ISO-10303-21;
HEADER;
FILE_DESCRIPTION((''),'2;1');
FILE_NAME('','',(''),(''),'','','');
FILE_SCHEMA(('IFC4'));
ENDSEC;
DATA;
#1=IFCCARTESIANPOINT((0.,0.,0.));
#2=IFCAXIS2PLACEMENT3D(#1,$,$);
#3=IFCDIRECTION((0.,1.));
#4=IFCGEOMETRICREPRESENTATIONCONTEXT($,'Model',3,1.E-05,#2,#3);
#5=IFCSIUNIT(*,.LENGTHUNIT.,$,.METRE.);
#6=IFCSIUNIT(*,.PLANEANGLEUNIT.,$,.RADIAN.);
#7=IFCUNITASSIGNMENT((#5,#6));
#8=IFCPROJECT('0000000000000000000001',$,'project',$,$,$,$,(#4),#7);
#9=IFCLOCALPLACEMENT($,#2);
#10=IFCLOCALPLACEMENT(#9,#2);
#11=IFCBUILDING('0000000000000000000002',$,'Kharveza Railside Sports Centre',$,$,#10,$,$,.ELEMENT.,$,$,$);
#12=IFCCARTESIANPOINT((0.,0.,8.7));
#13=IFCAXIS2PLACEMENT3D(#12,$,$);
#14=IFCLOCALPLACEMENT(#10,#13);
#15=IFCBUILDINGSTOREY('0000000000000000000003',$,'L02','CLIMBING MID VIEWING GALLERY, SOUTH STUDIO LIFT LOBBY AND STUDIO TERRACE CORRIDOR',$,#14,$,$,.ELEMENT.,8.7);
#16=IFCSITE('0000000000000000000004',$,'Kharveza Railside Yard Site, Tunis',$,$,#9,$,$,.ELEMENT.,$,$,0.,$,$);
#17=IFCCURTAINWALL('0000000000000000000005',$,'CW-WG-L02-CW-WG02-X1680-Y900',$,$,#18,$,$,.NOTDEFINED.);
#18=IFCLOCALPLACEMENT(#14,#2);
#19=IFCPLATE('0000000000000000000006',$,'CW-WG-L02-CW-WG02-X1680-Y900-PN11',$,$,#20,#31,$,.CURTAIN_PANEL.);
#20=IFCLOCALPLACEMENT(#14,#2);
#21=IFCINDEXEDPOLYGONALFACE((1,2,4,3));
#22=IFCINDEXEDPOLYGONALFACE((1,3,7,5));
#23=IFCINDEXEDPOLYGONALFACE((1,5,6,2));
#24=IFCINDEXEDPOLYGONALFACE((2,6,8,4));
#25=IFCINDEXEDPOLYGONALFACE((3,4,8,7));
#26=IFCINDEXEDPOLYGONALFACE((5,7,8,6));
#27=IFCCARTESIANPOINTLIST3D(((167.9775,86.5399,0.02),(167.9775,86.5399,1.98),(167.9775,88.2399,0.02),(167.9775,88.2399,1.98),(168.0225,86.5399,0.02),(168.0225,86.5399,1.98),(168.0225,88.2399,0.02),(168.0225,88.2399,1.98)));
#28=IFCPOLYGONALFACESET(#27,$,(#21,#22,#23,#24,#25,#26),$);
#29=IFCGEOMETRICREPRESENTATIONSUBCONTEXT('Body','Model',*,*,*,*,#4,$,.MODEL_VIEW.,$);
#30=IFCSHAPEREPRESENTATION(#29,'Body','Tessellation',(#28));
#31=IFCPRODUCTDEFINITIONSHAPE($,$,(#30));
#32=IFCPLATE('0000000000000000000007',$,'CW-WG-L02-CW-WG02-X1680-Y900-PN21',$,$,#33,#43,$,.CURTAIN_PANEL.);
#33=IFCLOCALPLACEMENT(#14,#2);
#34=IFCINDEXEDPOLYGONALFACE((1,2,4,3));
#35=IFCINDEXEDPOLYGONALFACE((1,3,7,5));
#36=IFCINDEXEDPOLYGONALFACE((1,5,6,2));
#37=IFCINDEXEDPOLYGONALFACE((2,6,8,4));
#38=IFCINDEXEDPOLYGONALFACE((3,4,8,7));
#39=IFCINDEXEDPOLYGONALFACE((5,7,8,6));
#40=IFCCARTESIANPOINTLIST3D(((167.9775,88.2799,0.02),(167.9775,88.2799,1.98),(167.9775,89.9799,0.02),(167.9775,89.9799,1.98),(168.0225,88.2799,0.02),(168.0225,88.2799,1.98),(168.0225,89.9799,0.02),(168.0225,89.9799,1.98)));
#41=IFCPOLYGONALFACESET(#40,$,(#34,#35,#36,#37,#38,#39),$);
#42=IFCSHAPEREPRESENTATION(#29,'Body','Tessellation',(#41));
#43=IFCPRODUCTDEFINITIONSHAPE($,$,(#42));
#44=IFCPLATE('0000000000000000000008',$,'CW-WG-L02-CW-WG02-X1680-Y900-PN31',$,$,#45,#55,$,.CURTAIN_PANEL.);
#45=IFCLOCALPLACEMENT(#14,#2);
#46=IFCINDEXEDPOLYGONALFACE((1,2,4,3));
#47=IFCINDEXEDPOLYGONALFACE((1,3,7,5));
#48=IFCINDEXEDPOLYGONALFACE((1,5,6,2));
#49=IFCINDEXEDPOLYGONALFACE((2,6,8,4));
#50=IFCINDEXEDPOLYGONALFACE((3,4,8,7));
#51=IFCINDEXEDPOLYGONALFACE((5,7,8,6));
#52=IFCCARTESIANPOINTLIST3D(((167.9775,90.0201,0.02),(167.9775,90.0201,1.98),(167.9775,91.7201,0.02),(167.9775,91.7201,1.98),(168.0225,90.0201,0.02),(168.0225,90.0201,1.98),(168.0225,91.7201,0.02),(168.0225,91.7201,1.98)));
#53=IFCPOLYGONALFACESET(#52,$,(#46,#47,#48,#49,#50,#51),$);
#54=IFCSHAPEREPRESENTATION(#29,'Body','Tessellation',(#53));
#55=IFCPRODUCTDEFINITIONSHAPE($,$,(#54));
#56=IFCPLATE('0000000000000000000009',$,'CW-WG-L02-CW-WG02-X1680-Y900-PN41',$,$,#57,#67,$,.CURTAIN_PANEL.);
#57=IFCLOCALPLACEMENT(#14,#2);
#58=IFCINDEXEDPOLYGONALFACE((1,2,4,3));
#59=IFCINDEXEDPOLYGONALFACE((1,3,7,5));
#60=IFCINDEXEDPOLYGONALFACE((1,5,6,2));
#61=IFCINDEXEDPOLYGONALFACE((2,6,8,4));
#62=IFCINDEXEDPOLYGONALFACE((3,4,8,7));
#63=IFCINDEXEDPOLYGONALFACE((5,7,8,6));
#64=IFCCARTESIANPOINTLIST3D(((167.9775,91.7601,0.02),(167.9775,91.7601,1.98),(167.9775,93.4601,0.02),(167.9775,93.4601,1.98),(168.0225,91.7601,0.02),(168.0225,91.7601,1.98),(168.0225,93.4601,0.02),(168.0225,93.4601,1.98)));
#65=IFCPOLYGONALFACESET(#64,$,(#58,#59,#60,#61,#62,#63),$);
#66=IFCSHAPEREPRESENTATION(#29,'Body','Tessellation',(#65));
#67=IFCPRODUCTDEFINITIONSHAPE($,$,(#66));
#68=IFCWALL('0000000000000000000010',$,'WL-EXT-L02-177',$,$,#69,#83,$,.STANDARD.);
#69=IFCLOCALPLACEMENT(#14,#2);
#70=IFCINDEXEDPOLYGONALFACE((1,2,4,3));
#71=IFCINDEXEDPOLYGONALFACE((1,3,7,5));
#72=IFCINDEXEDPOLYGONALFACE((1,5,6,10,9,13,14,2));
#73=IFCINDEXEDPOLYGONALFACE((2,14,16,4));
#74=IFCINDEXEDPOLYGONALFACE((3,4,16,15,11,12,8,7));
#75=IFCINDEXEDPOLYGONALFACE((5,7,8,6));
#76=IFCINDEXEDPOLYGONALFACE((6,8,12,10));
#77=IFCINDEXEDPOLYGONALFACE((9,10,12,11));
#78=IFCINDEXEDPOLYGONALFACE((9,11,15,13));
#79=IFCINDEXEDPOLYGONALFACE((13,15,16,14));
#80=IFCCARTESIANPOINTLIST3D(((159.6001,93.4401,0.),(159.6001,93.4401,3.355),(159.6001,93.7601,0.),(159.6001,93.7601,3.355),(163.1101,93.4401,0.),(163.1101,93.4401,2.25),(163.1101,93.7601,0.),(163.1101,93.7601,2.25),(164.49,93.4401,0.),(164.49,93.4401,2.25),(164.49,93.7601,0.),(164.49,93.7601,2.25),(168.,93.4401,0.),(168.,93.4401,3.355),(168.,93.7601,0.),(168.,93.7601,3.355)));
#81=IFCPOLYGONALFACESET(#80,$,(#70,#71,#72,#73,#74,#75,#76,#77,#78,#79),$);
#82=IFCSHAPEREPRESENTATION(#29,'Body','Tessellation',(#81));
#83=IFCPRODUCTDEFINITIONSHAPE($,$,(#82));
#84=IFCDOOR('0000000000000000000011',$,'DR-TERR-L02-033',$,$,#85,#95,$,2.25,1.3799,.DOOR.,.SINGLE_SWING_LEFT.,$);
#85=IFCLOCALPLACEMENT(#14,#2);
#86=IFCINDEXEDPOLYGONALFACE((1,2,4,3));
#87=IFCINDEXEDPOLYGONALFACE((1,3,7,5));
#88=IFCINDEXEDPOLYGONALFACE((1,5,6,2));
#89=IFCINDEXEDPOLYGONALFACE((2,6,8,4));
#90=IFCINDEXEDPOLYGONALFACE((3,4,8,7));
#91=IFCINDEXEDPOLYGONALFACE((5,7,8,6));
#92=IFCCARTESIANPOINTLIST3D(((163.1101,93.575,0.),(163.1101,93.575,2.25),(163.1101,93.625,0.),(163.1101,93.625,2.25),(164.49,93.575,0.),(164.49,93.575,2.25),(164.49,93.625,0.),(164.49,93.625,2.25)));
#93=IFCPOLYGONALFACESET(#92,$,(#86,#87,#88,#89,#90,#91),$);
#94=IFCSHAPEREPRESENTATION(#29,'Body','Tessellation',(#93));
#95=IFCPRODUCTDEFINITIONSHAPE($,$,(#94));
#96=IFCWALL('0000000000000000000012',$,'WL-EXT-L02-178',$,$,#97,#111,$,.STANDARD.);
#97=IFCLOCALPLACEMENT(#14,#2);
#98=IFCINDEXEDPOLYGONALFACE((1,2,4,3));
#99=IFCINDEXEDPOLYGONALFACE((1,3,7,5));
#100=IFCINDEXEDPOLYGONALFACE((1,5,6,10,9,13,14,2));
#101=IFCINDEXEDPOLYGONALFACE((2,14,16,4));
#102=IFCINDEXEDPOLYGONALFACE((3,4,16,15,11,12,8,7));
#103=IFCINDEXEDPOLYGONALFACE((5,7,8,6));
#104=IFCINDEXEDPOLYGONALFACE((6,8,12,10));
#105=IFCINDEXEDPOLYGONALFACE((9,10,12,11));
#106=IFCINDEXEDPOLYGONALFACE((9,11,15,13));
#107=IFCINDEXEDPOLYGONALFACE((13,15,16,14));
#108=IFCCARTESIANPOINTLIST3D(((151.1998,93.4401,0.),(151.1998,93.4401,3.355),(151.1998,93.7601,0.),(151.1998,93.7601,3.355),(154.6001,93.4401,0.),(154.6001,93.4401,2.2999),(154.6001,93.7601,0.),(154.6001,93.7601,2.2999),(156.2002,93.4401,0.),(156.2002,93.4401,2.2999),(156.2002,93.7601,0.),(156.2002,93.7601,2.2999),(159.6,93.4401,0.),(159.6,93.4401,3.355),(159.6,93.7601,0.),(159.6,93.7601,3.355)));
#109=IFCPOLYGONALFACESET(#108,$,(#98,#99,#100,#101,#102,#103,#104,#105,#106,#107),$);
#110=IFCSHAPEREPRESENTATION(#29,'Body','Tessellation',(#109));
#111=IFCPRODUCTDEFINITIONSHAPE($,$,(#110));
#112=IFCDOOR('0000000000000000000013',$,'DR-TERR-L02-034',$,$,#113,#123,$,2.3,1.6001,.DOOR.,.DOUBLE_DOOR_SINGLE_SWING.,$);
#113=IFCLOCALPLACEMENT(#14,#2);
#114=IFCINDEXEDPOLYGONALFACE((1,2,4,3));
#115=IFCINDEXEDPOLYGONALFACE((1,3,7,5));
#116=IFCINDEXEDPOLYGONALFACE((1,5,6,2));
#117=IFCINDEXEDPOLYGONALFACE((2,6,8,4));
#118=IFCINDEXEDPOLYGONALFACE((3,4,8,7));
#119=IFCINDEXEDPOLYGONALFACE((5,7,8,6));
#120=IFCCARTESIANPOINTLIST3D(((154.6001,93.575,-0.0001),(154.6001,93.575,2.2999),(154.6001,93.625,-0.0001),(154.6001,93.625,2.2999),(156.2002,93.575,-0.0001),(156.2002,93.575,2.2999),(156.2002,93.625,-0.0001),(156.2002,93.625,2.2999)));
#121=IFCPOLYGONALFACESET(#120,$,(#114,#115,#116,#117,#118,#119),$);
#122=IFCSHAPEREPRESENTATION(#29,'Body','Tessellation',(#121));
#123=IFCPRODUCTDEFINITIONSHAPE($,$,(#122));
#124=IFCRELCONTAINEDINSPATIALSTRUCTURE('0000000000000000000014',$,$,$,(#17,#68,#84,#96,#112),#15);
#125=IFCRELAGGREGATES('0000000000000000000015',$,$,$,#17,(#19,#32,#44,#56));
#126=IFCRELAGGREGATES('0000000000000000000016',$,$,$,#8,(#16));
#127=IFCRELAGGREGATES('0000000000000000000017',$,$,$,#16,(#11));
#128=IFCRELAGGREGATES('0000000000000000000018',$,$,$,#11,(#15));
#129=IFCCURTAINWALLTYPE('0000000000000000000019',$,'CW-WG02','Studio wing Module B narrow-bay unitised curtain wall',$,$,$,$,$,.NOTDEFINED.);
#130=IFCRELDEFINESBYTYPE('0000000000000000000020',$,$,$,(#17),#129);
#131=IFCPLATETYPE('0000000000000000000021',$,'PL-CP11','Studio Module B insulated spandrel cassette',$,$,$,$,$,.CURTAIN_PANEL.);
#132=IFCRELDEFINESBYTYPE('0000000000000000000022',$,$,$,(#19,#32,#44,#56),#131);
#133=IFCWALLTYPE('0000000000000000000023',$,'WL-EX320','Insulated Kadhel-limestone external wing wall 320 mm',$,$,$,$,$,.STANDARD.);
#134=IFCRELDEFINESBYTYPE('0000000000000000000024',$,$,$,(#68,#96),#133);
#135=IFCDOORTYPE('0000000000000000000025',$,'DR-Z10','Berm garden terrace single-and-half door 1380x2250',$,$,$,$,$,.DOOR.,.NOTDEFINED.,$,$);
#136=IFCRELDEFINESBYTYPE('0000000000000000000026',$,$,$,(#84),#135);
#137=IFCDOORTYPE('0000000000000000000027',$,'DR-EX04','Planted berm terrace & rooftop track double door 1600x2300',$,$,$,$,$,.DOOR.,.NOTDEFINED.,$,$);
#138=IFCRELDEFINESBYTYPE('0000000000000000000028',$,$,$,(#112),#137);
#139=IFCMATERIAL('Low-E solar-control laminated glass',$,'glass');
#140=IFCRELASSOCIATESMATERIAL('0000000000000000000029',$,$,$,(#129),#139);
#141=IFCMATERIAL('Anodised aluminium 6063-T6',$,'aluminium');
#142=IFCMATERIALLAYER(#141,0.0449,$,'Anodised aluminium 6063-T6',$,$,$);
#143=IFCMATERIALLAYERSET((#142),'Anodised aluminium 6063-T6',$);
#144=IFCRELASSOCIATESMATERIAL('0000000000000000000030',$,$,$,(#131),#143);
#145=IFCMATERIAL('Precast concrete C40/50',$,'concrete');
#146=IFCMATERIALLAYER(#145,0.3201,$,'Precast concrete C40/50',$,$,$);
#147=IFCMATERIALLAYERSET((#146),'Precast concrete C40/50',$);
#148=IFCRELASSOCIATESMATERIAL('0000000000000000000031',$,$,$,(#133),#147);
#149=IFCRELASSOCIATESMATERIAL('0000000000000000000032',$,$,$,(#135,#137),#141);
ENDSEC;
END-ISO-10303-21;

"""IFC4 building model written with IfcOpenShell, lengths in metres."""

from ifc_helpers import new_model, si_unit, direction, frame, frame_2d, origin, origin_2d, place, context, subcontext, project, spatial, rectangle, extrude, material, layer, layer_set, type_object, element, fill, aggregate, save


model = new_model("IFC4")

# Units and contexts
model_context = context("Model", 3, precision=1e-05, world=origin(), true_north=direction((0.0, 1.0)))
body_context = subcontext(model_context, "Body", "Model", "MODEL_VIEW")
ifc_project = project(units=[si_unit("LENGTHUNIT", "METRE"), si_unit("PLANEANGLEUNIT", "RADIAN")], contexts=[model_context])

# Site, building, storey
site_placement = place(None, origin())
site = spatial("IfcSite", under=ifc_project, at=site_placement, Name="Kharveza Railside Yard Site, Tunis", CompositionType="ELEMENT", RefElevation=0.0)
building_placement = place(site_placement, origin())
building = spatial("IfcBuilding", under=site, at=building_placement, Name="Kharveza Railside Sports Centre", CompositionType="ELEMENT")
storey_placement = place(building_placement, frame((0.0, 0.0, 8.7)))
storey = spatial("IfcBuildingStorey", under=building, at=storey_placement, Name="L02", Description="CLIMBING MID VIEWING GALLERY, SOUTH STUDIO LIFT LOBBY AND STUDIO TERRACE CORRIDOR", CompositionType="ELEMENT", Elevation=8.7)

# Curtain wall, plates
ifc_material_1 = material(Name="Low-E solar-control laminated glass", Category="glass")
curtain_wall_type = type_object("IfcCurtainWallType", Name="CW-WG02", Description="Studio wing Module B narrow-bay unitised curtain wall", PredefinedType="NOTDEFINED", material=ifc_material_1)
curtain_wall_placement = place(storey_placement, origin())
curtain_wall = element("IfcCurtainWall", 1, at=curtain_wall_placement, inside=storey, type_object=curtain_wall_type, Name="CW-WG-L02-CW-WG02-X1680-Y900", PredefinedType="NOTDEFINED")
ifc_material_2 = material(Name="Anodised aluminium 6063-T6", Category="aluminium")
ifc_layer_1 = layer(ifc_material_2, 0.0449, Name="Anodised aluminium 6063-T6")
ifc_layer_set_1 = layer_set([ifc_layer_1], Name="Anodised aluminium 6063-T6")
plate_type_1 = type_object("IfcPlateType", Name="PL-CP11", Description="Studio Module B insulated spandrel cassette", PredefinedType="CURTAIN_PANEL", material=ifc_layer_set_1)
plate_1_placement = place(storey_placement, frame((168.0, 87.3899, 0.02), z_axis=(0.0, 0.0, 1.0), x_axis=(0.0, 1.0, 0.0)))
plate_1 = element("IfcPlate", 2, at=plate_1_placement, type_object=plate_type_1, Name="CW-WG-L02-CW-WG02-X1680-Y900-PN11", PredefinedType="CURTAIN_PANEL", context=body_context, shape_type="SweptSolid", body=[
    extrude(rectangle(XDim=1.7, YDim=0.0449, at=origin_2d()), origin(), (0.0, 0.0, 1.0), 1.96),
])
plate_2_placement = place(storey_placement, frame((168.0, 89.1299, 0.02), z_axis=(0.0, 0.0, 1.0), x_axis=(0.0, 1.0, 0.0)))
plate_2 = element("IfcPlate", 3, at=plate_2_placement, type_object=plate_type_1, Name="CW-WG-L02-CW-WG02-X1680-Y900-PN21", PredefinedType="CURTAIN_PANEL", context=body_context, shape_type="SweptSolid", body=[
    extrude(rectangle(XDim=1.7, YDim=0.0449, at=origin_2d()), origin(), (0.0, 0.0, 1.0), 1.96),
])
plate_3_placement = place(storey_placement, frame((168.0, 90.8701, 0.02), z_axis=(0.0, 0.0, 1.0), x_axis=(0.0, 1.0, 0.0)))
plate_3 = element("IfcPlate", 4, at=plate_3_placement, type_object=plate_type_1, Name="CW-WG-L02-CW-WG02-X1680-Y900-PN31", PredefinedType="CURTAIN_PANEL", context=body_context, shape_type="SweptSolid", body=[
    extrude(rectangle(XDim=1.7, YDim=0.0449, at=origin_2d()), origin(), (0.0, 0.0, 1.0), 1.96),
])
plate_4_placement = place(storey_placement, frame((168.0, 92.6101, 0.02), z_axis=(0.0, 0.0, 1.0), x_axis=(0.0, 1.0, 0.0)))
plate_4 = element("IfcPlate", 5, at=plate_4_placement, type_object=plate_type_1, Name="CW-WG-L02-CW-WG02-X1680-Y900-PN41", PredefinedType="CURTAIN_PANEL", context=body_context, shape_type="SweptSolid", body=[
    extrude(rectangle(XDim=1.7, YDim=0.0449, at=origin_2d()), origin(), (0.0, 0.0, 1.0), 1.96),
])
aggregate(curtain_wall, [plate_1, plate_2, plate_3, plate_4])

# Walls, openings, doors
ifc_material_3 = material(Name="Precast concrete C40/50", Category="concrete")
ifc_layer_2 = layer(ifc_material_3, 0.3201, Name="Precast concrete C40/50")
ifc_layer_set_2 = layer_set([ifc_layer_2], Name="Precast concrete C40/50")
wall_type = type_object("IfcWallType", Name="WL-EX320", Description="Insulated Kadhel-limestone external wing wall 320 mm", PredefinedType="STANDARD", material=ifc_layer_set_2)
wall_1_placement = place(storey_placement, frame((168.0, 93.6001, 0.0), z_axis=(0.0, 0.0, 1.0), x_axis=(-1.0, 0.0, 0.0)))
wall_1 = element("IfcWall", 6, at=wall_1_placement, inside=storey, type_object=wall_type, Name="WL-EXT-L02-177", PredefinedType="STANDARD", context=body_context, shape_type="SweptSolid", body=[
    extrude(rectangle(XDim=8.3999, YDim=0.3201, at=frame_2d((4.2, 0.0))), origin(), (0.0, 0.0, 1.0), 3.355),
])
opening_1_placement = place(wall_1_placement, frame((3.51, 0.0, 0.0)))
opening_1 = element("IfcOpeningElement", 7, at=opening_1_placement, cuts=wall_1, PredefinedType="OPENING", context=body_context, shape_type="SweptSolid", body=[
    extrude(rectangle(XDim=1.3799, YDim=2.25, at=frame_2d((0.6899, 1.125))), frame((0.0, 0.1851, 0.0), z_axis=(0.0, -1.0, 0.0), x_axis=(1.0, 0.0, 0.0)), (0.0, 0.0, 1.0), 0.3699),
])
door_type_1 = type_object("IfcDoorType", Name="DR-Z10", Description="Berm garden terrace single-and-half door 1380x2250", OperationType="NOTDEFINED", PredefinedType="DOOR", material=ifc_material_2)
door_1_placement = place(opening_1_placement, frame((1.3799, 0.0, 0.0), z_axis=(0.0, 0.0, 1.0), x_axis=(-1.0, 0.0, 0.0)))
door_1 = element("IfcDoor", 8, at=door_1_placement, inside=storey, type_object=door_type_1, Name="DR-TERR-L02-033", OperationType="SINGLE_SWING_LEFT", OverallHeight=2.25, OverallWidth=1.3799, PredefinedType="DOOR", context=body_context, shape_type="SweptSolid", body=[
    extrude(rectangle(XDim=1.3799, YDim=2.25, at=frame_2d((0.6899, 1.125))), frame((0.0, 0.0249, 0.0), z_axis=(0.0, -1.0, 0.0), x_axis=(1.0, 0.0, 0.0)), (0.0, 0.0, 1.0), 0.05),
])
fill(opening_1, door_1)
wall_2_placement = place(storey_placement, frame((159.6001, 93.6001, 0.0), z_axis=(0.0, 0.0, 1.0), x_axis=(-1.0, 0.0, 0.0)))
wall_2 = element("IfcWall", 9, at=wall_2_placement, inside=storey, type_object=wall_type, Name="WL-EXT-L02-178", PredefinedType="STANDARD", context=body_context, shape_type="SweptSolid", body=[
    extrude(rectangle(XDim=8.4001, YDim=0.3201, at=frame_2d((4.2002, 0.0))), origin(), (0.0, 0.0, 1.0), 3.355),
])
opening_2_placement = place(wall_2_placement, frame((3.3999, 0.0, 0.0)))
opening_2 = element("IfcOpeningElement", 10, at=opening_2_placement, cuts=wall_2, PredefinedType="OPENING", context=body_context, shape_type="SweptSolid", body=[
    extrude(rectangle(XDim=1.6001, YDim=2.3, at=frame_2d((0.8, 1.1499))), frame((0.0, 0.1851, 0.0), z_axis=(0.0, -1.0, 0.0), x_axis=(1.0, 0.0, 0.0)), (0.0, 0.0, 1.0), 0.3699),
])
door_type_2 = type_object("IfcDoorType", Name="DR-EX04", Description="Planted berm terrace & rooftop track double door 1600x2300", OperationType="NOTDEFINED", PredefinedType="DOOR", material=ifc_material_2)
door_2_placement = place(opening_2_placement, frame((1.6001, 0.0, 0.0), z_axis=(0.0, 0.0, 1.0), x_axis=(-1.0, 0.0, 0.0)))
door_2 = element("IfcDoor", 11, at=door_2_placement, inside=storey, type_object=door_type_2, Name="DR-TERR-L02-034", OperationType="DOUBLE_DOOR_SINGLE_SWING", OverallHeight=2.3, OverallWidth=1.6001, PredefinedType="DOOR", context=body_context, shape_type="SweptSolid", body=[
    extrude(rectangle(XDim=1.6001, YDim=2.3, at=frame_2d((0.8, 1.1499))), frame((0.0, 0.0249, 0.0), z_axis=(0.0, -1.0, 0.0), x_axis=(1.0, 0.0, 0.0)), (0.0, 0.0, 1.0), 0.05),
])
fill(opening_2, door_2)

save(model, "model.ifc")
